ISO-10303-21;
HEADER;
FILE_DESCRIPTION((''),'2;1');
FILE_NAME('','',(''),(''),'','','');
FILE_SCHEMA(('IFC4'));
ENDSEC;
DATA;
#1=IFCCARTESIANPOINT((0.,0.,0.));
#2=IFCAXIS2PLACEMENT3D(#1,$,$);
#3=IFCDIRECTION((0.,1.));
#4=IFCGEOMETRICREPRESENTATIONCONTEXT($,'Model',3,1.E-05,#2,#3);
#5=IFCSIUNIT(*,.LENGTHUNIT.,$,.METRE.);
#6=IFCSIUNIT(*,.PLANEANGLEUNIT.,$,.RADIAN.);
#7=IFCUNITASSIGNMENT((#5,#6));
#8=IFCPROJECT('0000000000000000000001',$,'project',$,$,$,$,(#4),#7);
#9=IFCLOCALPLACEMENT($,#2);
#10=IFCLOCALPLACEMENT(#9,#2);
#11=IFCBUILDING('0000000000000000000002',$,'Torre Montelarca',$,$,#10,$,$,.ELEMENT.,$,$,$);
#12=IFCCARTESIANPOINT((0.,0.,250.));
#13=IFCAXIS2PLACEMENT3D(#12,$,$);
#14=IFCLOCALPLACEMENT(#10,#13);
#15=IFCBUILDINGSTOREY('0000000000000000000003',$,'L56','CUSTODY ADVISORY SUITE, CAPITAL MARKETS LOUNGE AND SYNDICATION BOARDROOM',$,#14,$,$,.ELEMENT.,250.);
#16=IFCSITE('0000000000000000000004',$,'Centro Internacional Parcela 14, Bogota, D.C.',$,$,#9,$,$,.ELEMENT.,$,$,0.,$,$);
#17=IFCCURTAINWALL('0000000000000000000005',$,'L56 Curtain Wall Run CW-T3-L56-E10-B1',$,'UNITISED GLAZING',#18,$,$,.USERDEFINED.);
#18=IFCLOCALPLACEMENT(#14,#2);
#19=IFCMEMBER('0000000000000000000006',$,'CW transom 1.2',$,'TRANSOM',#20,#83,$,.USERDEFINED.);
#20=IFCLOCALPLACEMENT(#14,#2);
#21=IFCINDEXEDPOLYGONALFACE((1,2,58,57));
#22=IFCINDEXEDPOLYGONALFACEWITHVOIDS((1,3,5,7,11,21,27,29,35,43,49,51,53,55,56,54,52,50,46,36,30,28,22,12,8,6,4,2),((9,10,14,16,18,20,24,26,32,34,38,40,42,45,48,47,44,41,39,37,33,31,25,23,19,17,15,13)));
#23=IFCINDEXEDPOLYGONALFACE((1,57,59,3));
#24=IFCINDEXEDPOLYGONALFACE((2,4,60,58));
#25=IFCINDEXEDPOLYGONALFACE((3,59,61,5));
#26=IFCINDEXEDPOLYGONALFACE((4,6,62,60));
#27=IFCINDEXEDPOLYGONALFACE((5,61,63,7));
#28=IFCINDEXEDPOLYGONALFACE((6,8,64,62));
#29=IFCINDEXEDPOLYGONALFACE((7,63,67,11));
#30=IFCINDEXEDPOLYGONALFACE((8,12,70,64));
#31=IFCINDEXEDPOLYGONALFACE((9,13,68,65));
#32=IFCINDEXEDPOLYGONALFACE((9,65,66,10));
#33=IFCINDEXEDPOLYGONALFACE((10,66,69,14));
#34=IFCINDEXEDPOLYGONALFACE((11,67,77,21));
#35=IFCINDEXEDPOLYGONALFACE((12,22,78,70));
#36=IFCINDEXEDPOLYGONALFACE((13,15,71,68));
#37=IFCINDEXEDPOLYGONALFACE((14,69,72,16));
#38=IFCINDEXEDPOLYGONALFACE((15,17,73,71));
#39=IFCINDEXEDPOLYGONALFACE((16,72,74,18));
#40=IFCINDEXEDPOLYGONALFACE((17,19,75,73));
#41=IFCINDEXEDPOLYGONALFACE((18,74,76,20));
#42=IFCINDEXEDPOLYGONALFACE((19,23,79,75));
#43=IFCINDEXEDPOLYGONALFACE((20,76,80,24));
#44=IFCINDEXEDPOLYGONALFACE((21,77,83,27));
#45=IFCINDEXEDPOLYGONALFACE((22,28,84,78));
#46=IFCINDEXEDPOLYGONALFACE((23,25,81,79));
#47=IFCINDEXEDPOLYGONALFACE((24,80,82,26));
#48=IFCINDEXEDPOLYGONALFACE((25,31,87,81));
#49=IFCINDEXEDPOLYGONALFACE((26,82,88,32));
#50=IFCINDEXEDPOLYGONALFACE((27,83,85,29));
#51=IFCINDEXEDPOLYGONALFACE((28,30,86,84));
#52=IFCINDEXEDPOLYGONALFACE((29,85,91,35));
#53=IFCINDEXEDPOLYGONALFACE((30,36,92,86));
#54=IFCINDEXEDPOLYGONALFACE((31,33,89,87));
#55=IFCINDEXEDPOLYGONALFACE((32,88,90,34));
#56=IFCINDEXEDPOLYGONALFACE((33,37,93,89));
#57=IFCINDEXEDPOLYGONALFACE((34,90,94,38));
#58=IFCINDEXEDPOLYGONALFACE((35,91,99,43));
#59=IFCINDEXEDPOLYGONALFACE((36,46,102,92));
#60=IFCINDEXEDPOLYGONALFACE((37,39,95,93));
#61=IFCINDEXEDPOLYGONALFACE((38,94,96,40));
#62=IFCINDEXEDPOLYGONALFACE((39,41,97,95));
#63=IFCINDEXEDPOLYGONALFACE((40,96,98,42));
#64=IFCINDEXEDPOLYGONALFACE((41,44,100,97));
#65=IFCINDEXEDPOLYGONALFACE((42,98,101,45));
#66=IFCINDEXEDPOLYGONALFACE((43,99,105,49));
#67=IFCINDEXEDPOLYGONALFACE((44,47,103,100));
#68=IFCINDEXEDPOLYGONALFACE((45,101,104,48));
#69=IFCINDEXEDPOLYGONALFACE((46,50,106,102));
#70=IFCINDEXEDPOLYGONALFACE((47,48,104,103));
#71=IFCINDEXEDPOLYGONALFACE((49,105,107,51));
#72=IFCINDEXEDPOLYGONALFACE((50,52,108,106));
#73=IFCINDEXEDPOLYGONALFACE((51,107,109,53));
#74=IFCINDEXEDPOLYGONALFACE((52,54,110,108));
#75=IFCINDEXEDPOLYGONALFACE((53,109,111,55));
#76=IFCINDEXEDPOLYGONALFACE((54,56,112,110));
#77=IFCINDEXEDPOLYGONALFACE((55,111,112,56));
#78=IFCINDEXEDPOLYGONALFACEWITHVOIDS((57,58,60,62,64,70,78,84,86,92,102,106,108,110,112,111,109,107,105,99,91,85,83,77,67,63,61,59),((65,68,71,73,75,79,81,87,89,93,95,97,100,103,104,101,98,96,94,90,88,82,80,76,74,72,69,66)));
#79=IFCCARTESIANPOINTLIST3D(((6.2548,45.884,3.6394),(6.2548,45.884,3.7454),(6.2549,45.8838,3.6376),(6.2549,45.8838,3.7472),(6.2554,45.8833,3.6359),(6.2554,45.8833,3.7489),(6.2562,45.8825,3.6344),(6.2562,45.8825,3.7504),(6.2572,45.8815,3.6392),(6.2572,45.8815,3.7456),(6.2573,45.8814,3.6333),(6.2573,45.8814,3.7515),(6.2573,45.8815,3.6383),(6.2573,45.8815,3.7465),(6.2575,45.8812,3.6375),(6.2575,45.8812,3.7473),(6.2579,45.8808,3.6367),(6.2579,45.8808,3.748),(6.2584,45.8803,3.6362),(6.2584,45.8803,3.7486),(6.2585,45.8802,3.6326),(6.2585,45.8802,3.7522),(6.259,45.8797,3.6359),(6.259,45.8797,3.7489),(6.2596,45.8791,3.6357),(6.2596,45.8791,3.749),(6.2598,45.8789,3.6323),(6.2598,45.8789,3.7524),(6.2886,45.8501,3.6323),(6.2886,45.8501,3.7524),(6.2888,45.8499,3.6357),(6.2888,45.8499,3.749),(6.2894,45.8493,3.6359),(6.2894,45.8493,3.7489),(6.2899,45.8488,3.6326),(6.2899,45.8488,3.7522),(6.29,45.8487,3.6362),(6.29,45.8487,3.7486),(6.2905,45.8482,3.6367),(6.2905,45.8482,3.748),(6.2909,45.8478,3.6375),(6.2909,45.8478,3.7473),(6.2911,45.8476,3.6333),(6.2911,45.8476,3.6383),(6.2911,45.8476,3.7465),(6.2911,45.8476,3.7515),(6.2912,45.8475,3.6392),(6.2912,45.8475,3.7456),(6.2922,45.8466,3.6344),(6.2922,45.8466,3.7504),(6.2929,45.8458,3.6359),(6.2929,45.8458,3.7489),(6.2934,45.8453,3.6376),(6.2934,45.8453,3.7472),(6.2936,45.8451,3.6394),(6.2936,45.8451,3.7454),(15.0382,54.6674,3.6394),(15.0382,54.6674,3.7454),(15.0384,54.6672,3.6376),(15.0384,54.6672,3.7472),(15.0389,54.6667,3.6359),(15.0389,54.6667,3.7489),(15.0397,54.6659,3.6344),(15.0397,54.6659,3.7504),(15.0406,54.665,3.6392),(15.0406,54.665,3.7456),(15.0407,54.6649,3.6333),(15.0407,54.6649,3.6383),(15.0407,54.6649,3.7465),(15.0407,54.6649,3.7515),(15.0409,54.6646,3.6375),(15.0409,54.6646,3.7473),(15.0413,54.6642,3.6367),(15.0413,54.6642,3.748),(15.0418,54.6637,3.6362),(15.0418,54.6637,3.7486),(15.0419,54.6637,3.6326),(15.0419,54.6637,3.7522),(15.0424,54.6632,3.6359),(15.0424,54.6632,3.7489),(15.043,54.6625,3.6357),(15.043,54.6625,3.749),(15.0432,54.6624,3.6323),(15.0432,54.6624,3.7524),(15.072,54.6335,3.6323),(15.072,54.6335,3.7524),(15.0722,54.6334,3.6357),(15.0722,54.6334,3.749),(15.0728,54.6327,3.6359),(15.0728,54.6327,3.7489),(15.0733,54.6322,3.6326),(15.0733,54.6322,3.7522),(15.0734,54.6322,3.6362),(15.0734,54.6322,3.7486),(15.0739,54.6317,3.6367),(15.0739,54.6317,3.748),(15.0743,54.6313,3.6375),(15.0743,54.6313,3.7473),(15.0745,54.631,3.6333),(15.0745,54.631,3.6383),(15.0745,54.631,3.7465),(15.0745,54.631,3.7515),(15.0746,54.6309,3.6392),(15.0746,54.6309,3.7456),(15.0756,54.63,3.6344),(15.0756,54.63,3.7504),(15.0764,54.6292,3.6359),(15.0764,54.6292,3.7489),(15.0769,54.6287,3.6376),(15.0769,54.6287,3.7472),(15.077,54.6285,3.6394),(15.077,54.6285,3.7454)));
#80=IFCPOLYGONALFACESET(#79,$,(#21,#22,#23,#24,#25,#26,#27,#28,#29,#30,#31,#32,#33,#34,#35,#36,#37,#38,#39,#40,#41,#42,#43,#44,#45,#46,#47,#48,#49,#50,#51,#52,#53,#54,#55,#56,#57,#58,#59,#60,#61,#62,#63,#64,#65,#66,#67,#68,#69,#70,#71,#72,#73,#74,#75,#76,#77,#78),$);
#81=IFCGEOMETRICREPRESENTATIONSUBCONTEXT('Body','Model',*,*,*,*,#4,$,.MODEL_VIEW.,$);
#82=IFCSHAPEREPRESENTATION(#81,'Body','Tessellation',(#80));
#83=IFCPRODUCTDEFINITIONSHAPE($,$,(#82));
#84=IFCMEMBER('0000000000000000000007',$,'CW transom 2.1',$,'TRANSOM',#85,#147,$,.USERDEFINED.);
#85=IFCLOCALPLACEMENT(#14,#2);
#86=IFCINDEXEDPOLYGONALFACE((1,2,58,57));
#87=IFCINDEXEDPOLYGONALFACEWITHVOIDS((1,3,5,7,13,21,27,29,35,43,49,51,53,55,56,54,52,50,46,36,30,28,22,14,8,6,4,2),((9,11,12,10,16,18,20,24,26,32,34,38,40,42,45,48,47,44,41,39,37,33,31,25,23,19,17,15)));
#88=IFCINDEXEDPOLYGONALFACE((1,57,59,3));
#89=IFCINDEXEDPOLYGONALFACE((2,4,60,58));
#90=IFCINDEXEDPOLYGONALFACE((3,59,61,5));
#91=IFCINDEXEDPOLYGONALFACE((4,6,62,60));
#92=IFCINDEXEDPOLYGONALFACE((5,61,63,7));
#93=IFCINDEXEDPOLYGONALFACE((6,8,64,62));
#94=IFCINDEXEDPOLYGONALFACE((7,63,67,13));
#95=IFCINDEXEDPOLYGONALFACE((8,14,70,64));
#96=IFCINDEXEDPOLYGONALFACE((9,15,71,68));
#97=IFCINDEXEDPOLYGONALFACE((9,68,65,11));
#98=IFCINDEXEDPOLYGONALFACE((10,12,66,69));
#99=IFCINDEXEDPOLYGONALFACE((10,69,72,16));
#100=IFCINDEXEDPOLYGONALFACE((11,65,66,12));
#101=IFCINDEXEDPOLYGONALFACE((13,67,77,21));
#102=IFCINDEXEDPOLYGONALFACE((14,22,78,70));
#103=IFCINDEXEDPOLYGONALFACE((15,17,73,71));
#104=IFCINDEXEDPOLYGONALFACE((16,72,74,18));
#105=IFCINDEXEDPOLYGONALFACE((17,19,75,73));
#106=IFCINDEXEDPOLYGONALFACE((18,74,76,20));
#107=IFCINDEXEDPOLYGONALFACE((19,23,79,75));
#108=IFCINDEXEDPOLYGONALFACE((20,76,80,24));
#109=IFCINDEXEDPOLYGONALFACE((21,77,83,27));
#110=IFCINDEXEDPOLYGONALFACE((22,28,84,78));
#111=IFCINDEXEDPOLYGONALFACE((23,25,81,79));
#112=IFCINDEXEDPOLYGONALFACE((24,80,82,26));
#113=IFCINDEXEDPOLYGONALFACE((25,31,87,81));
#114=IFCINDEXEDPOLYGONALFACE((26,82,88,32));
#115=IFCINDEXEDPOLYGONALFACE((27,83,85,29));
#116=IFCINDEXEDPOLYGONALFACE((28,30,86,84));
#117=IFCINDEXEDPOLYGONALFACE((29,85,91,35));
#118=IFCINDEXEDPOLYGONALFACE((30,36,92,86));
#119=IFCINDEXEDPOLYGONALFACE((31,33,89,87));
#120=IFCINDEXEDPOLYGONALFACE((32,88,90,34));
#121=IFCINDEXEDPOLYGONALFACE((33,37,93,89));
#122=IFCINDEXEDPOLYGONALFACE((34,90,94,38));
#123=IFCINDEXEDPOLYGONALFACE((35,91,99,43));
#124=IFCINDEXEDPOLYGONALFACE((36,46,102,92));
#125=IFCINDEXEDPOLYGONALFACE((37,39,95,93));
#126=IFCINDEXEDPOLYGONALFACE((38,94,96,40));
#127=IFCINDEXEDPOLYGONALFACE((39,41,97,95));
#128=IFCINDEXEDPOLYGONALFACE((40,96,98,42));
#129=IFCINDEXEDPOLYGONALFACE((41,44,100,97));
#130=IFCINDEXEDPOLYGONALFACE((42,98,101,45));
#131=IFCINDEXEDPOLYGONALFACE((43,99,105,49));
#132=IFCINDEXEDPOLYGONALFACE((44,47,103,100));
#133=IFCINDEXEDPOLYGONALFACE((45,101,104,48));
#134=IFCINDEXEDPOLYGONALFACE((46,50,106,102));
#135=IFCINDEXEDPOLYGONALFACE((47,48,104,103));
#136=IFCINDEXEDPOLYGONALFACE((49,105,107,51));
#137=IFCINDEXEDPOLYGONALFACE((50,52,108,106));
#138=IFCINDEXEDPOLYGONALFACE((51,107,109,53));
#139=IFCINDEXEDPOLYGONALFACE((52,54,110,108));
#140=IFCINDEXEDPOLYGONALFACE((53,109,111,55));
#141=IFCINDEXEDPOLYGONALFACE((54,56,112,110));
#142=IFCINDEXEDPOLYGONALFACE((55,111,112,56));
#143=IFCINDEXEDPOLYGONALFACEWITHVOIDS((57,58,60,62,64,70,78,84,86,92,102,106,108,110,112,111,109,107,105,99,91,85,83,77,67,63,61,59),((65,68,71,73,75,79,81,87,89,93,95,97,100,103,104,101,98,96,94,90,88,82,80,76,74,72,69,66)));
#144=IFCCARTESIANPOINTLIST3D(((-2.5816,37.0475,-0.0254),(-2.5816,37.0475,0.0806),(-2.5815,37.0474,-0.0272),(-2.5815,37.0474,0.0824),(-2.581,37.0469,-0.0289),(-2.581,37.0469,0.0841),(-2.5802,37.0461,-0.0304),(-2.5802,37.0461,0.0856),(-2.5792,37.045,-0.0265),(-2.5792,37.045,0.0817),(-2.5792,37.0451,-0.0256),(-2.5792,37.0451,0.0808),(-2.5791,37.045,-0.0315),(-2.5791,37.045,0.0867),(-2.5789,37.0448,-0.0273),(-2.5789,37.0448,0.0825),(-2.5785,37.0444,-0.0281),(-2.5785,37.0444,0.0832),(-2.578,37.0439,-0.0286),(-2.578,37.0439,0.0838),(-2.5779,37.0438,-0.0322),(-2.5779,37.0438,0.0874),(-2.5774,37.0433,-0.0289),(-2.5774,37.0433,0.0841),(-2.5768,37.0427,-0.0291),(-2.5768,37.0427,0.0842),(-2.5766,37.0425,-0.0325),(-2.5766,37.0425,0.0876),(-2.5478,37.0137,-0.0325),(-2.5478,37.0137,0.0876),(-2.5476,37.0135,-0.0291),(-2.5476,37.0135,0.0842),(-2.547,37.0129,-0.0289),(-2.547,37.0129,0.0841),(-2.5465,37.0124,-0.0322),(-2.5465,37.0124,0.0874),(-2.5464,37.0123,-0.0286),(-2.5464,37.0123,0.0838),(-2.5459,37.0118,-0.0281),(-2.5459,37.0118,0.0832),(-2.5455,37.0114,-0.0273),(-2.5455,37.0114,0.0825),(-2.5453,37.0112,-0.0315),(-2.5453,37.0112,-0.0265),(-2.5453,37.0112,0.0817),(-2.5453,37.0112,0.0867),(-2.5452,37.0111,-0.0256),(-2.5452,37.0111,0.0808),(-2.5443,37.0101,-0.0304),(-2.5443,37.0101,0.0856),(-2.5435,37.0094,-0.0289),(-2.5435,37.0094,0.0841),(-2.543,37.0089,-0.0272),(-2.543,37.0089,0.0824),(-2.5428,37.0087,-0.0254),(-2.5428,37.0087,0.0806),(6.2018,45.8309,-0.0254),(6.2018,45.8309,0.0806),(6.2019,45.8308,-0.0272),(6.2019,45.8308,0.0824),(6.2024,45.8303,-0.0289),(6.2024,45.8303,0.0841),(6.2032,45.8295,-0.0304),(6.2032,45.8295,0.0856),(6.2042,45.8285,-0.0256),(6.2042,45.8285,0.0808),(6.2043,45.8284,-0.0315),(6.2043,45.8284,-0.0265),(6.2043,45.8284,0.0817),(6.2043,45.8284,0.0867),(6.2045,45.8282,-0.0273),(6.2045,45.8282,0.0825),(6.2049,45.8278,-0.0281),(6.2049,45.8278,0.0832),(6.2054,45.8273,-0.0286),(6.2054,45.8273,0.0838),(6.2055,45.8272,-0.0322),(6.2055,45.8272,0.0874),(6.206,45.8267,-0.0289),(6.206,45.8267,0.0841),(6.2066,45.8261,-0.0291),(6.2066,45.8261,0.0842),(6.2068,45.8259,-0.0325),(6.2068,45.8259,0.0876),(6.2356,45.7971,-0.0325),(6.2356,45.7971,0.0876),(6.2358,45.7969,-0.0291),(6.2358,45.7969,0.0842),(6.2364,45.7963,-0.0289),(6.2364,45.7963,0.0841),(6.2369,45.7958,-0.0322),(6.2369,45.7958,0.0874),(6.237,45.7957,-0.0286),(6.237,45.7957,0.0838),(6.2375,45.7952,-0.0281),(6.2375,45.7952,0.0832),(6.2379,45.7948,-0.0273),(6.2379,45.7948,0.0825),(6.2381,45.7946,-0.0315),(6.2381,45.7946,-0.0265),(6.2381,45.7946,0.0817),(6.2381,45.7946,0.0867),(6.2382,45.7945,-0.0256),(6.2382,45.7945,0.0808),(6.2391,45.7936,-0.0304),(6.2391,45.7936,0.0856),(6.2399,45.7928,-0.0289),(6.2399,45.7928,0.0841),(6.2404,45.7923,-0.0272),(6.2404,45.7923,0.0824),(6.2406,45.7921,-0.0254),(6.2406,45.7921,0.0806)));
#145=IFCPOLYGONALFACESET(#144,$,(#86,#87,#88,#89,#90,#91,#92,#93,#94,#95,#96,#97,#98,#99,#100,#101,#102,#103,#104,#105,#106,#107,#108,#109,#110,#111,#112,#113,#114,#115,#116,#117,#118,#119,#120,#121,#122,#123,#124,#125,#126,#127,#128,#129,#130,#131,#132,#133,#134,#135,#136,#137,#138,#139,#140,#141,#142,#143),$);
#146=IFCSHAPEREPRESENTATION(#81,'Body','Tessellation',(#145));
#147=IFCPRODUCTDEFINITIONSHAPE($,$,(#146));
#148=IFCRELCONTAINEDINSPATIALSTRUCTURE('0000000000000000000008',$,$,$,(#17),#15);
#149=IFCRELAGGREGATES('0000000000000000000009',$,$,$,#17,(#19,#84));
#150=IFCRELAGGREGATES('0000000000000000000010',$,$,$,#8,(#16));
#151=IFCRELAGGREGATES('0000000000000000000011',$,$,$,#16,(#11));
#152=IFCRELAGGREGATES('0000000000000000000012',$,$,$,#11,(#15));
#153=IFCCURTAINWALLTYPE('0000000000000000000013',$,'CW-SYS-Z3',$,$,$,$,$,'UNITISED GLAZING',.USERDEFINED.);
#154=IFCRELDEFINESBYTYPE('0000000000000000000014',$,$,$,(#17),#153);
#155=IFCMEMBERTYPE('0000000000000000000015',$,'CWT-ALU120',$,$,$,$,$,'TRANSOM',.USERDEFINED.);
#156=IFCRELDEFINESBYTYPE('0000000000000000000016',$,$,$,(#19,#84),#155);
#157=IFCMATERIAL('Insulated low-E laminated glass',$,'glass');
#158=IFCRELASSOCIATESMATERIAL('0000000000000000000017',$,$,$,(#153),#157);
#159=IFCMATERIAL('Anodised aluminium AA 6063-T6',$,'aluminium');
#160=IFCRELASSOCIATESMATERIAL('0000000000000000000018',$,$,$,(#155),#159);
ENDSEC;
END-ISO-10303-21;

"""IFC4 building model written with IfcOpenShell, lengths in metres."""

from ifc_helpers import new_model, si_unit, direction, frame, origin, origin_2d, place, context, subcontext, project, spatial, hollow_rectangle, extrude, source, transform, mapped, material, material_profile, profile_set, type_object, element, aggregate, save


model = new_model("IFC4")

# Units and contexts
model_context = context("Model", 3, precision=1e-05, world=origin(), true_north=direction((0.0, 1.0)))
body_context = subcontext(model_context, "Body", "Model", "MODEL_VIEW")
ifc_project = project(units=[si_unit("LENGTHUNIT", "METRE"), si_unit("PLANEANGLEUNIT", "RADIAN")], contexts=[model_context])

# Site, building, storey
site_placement = place(None, origin())
site = spatial("IfcSite", under=ifc_project, at=site_placement, Name="Centro Internacional Parcela 14, Bogota, D.C.", CompositionType="ELEMENT", RefElevation=0.0)
building_placement = place(site_placement, origin())
building = spatial("IfcBuilding", under=site, at=building_placement, Name="Torre Montelarca", CompositionType="ELEMENT")
storey_placement = place(building_placement, frame((0.0, 0.0, 250.0)))
storey = spatial("IfcBuildingStorey", under=building, at=storey_placement, Name="L56", Description="CUSTODY ADVISORY SUITE, CAPITAL MARKETS LOUNGE AND SYNDICATION BOARDROOM", CompositionType="ELEMENT", Elevation=250.0)

# Curtain wall, members
ifc_material_1 = material(Name="Insulated low-E laminated glass", Category="glass")
curtain_wall_type = type_object("IfcCurtainWallType", Name="CW-SYS-Z3", ElementType="UNITISED GLAZING", PredefinedType="USERDEFINED", material=ifc_material_1)
curtain_wall_1_placement = place(storey_placement, origin())
curtain_wall_1 = element("IfcCurtainWall", 1, at=curtain_wall_1_placement, inside=storey, type_object=curtain_wall_type, Name="L56 Curtain Wall Run CW-T3-L56-E10-B1", ObjectType="UNITISED GLAZING", PredefinedType="USERDEFINED")
ifc_material_2 = material(Name="Anodised aluminium AA 6063-T6", Category="aluminium")
ifc_material_profile_1 = material_profile(ifc_material_2, hollow_rectangle(XDim=0.0549, YDim=0.1201, WallThickness=0.0034, InnerFilletRadius=0.0034, OuterFilletRadius=0.0071, at=origin_2d()), Name="ALU55X120X3.5", Category="aluminium")
ifc_profile_set_1 = profile_set([ifc_material_profile_1], Name="Anodised aluminium AA 6063-T6")
member_type_1 = type_object("IfcMemberType", Name="CWT-ALU120", ElementType="TRANSOM", PredefinedType="USERDEFINED", material=ifc_profile_set_1)
shared_shape_1 = source(origin(), body_context, "Body", "SweptSolid", [
    extrude(hollow_rectangle(XDim=0.0549, YDim=0.1201, WallThickness=0.0034, InnerFilletRadius=0.0034, OuterFilletRadius=0.0071, at=origin_2d()), origin(), (0.0, 0.0, 1.0), 12.4216),
])
member_1_placement = place(storey_placement, frame((15.0576, 54.6479, 3.6924), z_axis=(-0.707107, -0.707107, 0.0), x_axis=(0.707107, -0.707107, 0.0)))
member_1 = element("IfcMember", 2, at=member_1_placement, type_object=member_type_1, Name="CW transom 1.2", ObjectType="TRANSOM", PredefinedType="USERDEFINED", context=body_context, shape_type="MappedRepresentation", body=[
    mapped(shared_shape_1, transform((0.0, 0.0, 0.0), scale=1.0)),
])
member_2_placement = place(storey_placement, frame((6.2212, 45.8115, 0.0276), z_axis=(-0.707107, -0.707107, 0.0), x_axis=(0.707107, -0.707107, 0.0)))
member_2 = element("IfcMember", 3, at=member_2_placement, type_object=member_type_1, Name="CW transom 2.1", ObjectType="TRANSOM", PredefinedType="USERDEFINED", context=body_context, shape_type="MappedRepresentation", body=[
    mapped(shared_shape_1, transform((0.0, 0.0, 0.0), scale=1.0)),
])

aggregate(curtain_wall_1, [member_1, member_2])

save(model, "model.ifc")
